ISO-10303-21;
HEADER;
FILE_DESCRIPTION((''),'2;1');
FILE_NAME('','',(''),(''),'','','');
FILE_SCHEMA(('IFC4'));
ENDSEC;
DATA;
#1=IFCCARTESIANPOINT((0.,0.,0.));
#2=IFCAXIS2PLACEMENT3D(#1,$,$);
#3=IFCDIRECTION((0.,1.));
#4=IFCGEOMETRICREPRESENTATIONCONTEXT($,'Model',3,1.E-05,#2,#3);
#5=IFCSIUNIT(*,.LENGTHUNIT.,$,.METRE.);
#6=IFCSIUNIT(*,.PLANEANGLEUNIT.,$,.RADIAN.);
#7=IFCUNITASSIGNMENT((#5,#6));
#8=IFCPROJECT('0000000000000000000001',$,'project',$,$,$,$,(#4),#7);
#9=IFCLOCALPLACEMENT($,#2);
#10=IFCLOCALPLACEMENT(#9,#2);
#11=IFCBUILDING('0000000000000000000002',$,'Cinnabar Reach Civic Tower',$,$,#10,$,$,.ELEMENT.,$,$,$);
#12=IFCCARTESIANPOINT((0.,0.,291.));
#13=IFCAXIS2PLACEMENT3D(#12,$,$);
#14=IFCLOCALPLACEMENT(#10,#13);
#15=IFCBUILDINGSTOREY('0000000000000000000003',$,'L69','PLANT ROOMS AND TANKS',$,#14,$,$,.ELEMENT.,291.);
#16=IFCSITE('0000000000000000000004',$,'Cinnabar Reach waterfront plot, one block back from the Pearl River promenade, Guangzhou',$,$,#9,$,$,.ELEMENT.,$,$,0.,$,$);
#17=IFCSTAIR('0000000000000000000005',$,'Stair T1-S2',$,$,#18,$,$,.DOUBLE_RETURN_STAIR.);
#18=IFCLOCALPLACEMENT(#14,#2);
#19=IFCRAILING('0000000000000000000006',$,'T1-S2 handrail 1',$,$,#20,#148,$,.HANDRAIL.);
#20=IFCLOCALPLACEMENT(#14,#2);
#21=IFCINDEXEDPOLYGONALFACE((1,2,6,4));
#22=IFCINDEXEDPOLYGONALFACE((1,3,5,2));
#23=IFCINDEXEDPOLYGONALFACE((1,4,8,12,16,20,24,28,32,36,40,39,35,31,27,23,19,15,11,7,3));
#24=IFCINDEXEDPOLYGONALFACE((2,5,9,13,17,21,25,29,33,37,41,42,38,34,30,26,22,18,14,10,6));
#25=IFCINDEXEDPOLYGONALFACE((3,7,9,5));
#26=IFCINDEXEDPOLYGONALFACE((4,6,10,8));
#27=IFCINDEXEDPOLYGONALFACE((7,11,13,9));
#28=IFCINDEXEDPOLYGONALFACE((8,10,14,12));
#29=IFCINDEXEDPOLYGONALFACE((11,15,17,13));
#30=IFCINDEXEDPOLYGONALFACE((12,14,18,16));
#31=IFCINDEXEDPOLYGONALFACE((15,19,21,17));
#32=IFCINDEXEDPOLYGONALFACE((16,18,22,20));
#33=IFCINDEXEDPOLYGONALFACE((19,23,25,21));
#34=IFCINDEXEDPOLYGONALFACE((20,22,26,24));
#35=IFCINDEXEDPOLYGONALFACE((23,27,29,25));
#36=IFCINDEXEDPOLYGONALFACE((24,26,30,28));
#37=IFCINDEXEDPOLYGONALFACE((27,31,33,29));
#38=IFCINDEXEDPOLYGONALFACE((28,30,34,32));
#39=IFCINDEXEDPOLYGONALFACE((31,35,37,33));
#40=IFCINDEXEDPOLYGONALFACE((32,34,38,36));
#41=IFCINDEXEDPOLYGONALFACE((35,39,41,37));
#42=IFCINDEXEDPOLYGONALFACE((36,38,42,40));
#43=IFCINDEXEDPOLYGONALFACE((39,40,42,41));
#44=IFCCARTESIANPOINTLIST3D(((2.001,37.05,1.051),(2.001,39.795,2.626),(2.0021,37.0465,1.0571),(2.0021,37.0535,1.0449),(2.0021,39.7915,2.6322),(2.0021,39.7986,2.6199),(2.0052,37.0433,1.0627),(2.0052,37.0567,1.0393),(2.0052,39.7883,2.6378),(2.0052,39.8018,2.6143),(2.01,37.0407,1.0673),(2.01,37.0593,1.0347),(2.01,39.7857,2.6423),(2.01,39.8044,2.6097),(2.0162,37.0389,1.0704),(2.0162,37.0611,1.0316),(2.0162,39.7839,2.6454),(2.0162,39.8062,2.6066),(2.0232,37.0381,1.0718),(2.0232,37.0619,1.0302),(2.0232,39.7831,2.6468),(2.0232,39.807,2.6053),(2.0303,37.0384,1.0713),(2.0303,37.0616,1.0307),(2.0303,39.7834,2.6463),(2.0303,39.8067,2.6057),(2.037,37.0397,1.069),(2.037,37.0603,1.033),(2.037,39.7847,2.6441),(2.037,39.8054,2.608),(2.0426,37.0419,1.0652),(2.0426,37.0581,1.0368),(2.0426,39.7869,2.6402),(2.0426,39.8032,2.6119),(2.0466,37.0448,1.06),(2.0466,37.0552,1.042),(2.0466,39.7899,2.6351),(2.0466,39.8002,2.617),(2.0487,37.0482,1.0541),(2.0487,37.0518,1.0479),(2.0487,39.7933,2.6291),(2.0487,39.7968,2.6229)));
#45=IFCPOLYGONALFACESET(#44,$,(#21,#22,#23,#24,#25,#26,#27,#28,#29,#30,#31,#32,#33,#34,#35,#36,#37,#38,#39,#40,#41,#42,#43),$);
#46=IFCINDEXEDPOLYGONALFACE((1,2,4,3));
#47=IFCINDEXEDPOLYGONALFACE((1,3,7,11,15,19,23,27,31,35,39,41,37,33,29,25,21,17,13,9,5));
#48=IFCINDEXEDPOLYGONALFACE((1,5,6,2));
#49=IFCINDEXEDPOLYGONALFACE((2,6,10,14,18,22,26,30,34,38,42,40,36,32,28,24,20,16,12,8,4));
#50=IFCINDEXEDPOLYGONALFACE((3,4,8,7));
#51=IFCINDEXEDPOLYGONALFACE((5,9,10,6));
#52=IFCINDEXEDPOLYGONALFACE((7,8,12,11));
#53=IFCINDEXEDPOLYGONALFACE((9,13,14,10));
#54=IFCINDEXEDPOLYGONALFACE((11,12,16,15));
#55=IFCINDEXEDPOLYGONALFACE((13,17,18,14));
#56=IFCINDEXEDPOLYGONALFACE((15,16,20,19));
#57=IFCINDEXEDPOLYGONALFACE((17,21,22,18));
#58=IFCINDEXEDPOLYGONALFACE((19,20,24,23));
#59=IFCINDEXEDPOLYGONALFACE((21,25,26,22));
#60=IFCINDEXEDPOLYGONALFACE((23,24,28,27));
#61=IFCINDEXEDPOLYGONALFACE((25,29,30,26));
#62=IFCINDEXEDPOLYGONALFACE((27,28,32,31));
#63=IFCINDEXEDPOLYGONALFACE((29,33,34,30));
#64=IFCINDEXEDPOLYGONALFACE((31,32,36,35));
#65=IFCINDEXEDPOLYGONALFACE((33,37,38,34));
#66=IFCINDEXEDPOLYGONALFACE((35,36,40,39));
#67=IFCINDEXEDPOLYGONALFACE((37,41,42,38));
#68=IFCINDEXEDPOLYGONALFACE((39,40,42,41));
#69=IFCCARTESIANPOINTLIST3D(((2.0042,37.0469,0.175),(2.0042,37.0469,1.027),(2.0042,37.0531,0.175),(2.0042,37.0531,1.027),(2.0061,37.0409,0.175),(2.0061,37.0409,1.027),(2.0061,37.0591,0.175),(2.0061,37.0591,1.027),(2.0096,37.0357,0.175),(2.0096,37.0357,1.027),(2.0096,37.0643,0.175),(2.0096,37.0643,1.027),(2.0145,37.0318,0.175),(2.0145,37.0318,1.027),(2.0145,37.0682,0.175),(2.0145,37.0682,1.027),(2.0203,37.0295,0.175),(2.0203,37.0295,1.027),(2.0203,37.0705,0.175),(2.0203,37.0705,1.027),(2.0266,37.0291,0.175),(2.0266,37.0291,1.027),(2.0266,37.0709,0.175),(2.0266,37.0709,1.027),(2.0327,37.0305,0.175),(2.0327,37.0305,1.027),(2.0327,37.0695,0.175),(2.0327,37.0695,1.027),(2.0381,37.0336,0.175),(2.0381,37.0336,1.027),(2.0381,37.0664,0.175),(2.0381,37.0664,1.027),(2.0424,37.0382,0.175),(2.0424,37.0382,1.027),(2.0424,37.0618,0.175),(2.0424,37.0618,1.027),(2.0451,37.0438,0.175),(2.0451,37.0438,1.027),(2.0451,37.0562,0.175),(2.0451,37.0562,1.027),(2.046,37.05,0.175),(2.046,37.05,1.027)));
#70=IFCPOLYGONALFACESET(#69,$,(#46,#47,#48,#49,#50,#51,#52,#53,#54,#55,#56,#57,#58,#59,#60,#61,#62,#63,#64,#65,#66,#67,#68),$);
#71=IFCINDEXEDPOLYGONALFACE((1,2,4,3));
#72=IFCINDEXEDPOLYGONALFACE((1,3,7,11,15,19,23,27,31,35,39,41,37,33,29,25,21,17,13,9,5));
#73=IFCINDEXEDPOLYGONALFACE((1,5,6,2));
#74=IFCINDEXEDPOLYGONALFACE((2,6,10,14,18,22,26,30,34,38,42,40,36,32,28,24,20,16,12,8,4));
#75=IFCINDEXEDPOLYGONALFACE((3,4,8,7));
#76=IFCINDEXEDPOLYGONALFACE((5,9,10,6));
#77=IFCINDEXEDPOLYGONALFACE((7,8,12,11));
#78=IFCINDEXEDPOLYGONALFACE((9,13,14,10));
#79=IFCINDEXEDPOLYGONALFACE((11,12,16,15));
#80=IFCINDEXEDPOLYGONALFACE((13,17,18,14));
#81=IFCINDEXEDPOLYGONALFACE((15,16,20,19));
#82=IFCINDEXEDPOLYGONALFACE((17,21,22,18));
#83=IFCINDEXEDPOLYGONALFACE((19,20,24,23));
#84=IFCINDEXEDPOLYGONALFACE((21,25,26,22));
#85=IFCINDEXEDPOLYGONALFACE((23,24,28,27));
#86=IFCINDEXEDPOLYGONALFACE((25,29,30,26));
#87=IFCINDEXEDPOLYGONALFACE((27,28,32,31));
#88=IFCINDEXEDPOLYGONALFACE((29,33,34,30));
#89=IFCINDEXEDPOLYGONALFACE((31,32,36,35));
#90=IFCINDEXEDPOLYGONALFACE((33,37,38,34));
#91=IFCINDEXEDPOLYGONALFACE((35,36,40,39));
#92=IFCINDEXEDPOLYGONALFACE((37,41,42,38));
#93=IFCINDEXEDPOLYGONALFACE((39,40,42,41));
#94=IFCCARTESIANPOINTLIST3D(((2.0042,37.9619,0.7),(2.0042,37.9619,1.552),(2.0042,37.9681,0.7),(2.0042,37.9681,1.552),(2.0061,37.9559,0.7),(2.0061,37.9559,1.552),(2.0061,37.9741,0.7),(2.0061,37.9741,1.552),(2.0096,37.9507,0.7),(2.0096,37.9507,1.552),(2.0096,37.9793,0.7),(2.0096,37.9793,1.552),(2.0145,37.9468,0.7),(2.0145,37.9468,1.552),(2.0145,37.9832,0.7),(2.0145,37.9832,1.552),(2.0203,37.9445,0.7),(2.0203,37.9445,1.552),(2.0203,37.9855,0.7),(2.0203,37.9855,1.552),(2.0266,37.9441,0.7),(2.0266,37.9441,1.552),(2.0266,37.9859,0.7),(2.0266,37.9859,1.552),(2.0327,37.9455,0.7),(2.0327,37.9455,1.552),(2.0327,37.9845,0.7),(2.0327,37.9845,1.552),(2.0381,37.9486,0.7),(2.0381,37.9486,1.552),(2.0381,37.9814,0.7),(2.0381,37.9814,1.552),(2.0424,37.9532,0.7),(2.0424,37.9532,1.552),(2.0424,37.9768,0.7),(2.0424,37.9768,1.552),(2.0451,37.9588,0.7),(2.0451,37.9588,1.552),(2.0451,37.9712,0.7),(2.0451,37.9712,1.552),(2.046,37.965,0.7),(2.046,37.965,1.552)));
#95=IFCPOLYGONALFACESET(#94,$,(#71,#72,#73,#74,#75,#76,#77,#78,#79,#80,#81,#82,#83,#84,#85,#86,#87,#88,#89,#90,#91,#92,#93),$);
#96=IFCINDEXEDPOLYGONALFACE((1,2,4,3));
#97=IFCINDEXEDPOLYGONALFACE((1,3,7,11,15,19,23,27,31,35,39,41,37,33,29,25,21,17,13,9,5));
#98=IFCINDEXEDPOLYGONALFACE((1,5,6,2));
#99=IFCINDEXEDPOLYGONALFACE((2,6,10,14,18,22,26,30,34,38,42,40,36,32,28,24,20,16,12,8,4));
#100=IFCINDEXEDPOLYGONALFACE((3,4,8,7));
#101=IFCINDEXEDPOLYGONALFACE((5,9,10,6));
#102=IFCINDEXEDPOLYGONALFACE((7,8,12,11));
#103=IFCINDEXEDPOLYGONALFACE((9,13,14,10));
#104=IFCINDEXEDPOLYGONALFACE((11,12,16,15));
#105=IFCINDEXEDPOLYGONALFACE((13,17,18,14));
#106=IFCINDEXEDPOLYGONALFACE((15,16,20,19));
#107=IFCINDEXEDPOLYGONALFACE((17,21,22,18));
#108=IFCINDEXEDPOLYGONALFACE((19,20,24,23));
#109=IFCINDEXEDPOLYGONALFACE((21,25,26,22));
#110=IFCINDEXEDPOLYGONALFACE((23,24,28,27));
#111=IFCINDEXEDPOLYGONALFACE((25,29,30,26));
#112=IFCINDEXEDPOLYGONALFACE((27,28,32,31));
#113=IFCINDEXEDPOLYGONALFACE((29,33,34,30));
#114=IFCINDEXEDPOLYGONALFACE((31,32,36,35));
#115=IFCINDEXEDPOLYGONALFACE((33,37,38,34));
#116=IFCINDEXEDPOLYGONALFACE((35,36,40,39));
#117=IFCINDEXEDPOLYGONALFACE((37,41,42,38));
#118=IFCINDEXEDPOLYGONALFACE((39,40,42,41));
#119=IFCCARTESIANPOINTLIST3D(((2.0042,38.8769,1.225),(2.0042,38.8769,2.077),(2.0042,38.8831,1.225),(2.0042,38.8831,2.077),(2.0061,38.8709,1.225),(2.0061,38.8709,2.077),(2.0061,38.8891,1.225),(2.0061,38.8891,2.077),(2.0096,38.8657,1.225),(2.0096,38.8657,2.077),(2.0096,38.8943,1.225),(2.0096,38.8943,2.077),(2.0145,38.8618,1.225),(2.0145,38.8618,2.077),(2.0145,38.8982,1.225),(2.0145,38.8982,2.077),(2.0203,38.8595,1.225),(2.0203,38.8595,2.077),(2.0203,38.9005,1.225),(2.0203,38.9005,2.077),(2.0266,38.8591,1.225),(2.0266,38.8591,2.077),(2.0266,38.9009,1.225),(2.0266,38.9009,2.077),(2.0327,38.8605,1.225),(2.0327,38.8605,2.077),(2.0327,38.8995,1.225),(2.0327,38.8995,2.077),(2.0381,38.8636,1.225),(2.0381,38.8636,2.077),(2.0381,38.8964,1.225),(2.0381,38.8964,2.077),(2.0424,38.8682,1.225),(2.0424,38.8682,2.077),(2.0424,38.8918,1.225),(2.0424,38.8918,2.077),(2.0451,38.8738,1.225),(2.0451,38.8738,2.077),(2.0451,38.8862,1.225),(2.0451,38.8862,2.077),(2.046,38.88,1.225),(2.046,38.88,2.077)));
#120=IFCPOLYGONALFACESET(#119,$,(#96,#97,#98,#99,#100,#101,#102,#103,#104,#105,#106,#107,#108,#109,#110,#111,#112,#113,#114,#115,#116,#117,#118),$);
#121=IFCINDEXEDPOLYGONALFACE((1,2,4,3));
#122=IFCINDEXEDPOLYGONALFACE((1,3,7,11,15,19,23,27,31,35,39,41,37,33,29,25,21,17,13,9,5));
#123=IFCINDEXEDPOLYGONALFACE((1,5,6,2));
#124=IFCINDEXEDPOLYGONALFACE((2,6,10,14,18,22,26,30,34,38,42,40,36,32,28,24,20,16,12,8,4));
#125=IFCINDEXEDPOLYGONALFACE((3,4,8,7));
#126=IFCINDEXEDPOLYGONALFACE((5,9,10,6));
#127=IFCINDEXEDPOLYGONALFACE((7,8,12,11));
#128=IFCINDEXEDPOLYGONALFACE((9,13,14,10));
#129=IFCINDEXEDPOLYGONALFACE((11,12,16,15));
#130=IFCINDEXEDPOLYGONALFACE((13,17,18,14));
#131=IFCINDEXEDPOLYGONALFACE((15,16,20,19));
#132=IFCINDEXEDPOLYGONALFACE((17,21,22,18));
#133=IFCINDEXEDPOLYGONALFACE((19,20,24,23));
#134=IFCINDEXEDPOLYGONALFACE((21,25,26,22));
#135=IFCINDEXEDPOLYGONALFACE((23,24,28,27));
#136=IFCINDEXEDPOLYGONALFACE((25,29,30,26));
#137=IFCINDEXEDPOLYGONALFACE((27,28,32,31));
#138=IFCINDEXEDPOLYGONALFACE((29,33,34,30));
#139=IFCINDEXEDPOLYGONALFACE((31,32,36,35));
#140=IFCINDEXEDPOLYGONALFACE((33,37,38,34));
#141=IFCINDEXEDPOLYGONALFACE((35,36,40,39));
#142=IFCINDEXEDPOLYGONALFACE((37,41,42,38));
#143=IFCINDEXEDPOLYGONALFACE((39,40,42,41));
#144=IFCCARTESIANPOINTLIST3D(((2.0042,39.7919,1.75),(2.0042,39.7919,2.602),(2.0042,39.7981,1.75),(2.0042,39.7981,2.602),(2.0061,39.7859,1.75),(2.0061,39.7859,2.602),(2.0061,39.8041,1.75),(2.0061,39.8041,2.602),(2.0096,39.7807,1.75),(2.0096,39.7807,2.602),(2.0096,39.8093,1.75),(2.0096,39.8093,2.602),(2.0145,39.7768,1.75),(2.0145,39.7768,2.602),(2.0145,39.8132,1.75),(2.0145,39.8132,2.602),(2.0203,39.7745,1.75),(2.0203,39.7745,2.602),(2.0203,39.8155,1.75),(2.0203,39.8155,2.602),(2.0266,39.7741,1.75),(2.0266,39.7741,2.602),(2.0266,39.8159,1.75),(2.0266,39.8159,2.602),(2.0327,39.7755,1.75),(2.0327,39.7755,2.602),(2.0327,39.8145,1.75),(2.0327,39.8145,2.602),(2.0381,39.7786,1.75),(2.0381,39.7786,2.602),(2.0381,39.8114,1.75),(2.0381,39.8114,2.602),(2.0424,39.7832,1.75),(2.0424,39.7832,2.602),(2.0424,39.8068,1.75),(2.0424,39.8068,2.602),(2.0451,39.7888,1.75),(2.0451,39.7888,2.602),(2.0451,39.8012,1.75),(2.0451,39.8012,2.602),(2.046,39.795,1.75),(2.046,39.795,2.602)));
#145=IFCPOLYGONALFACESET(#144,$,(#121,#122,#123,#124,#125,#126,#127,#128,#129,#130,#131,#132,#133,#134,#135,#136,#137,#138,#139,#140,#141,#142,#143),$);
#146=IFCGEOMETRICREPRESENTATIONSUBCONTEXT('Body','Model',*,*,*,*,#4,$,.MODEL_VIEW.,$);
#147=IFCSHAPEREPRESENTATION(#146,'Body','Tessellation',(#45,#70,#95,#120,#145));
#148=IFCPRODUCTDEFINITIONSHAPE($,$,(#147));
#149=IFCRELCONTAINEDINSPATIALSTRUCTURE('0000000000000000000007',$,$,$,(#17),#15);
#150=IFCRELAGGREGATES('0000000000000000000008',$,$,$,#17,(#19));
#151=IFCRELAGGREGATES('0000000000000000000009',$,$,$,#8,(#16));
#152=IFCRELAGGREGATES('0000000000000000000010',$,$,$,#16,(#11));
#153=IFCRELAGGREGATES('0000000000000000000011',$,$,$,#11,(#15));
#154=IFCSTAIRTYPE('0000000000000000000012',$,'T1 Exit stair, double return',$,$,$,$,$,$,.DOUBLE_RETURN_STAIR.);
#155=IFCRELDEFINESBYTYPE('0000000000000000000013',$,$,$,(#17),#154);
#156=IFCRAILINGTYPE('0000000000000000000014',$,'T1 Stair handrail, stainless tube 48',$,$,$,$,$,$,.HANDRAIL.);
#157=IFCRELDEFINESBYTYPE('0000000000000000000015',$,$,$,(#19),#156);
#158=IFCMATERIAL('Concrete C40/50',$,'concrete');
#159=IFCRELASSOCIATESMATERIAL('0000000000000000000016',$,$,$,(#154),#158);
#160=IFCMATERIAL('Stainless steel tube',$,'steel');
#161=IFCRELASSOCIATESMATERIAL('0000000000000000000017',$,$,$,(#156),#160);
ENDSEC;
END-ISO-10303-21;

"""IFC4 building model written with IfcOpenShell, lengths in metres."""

from ifc_helpers import new_model, si_unit, direction, frame, origin, origin_2d, place, context, subcontext, project, spatial, circle, extrude, material, type_object, element, aggregate, save


model = new_model("IFC4")

# Units and contexts
model_context = context("Model", 3, precision=1e-05, world=origin(), true_north=direction((0.0, 1.0)))
body_context = subcontext(model_context, "Body", "Model", "MODEL_VIEW")
ifc_project = project(units=[si_unit("LENGTHUNIT", "METRE"), si_unit("PLANEANGLEUNIT", "RADIAN")], contexts=[model_context])

# Site, building, storey
site_placement = place(None, origin())
site = spatial("IfcSite", under=ifc_project, at=site_placement, Name="Cinnabar Reach waterfront plot, one block back from the Pearl River promenade, Guangzhou", CompositionType="ELEMENT", RefElevation=0.0)
building_placement = place(site_placement, origin())
building = spatial("IfcBuilding", under=site, at=building_placement, Name="Cinnabar Reach Civic Tower", CompositionType="ELEMENT")
storey_placement = place(building_placement, frame((0.0, 0.0, 291.0)))
storey = spatial("IfcBuildingStorey", under=building, at=storey_placement, Name="L69", Description="PLANT ROOMS AND TANKS", CompositionType="ELEMENT", Elevation=291.0)

# Shared definitions
ifc_material_1 = material(Name="Concrete C40/50", Category="concrete")

# Stair, railing
stair_type = type_object("IfcStairType", Name="T1 Exit stair, double return", PredefinedType="DOUBLE_RETURN_STAIR", material=ifc_material_1)
stair_placement = place(storey_placement, origin())
stair = element("IfcStair", 1, at=stair_placement, inside=storey, type_object=stair_type, Name="Stair T1-S2", PredefinedType="DOUBLE_RETURN_STAIR")
ifc_material_2 = material(Name="Stainless steel tube", Category="steel")
railing_type = type_object("IfcRailingType", Name="T1 Stair handrail, stainless tube 48", PredefinedType="HANDRAIL", material=ifc_material_2)
railing_1_placement = place(storey_placement, frame((2.025, 37.05, 0.175)))
railing_1 = element("IfcRailing", 2, at=railing_1_placement, type_object=railing_type, Name="T1-S2 handrail 1", PredefinedType="HANDRAIL", context=body_context, shape_type="SweptSolid", body=[
    extrude(circle(Radius=0.024, at=origin_2d()), frame((0.0, 0.0, 0.876), z_axis=(0.0, 0.867367, 0.497669), x_axis=(-1.0, 0.0, 0.0)), (0.0, 0.0, 1.0), 3.1648),
    extrude(circle(Radius=0.021, at=origin_2d()), origin(), (0.0, 0.0, 1.0), 0.852),
    extrude(circle(Radius=0.021, at=origin_2d()), frame((0.0, 0.915, 0.525)), (0.0, 0.0, 1.0), 0.852),
    extrude(circle(Radius=0.021, at=origin_2d()), frame((0.0, 1.83, 1.05)), (0.0, 0.0, 1.0), 0.852),
    extrude(circle(Radius=0.021, at=origin_2d()), frame((0.0, 2.745, 1.575)), (0.0, 0.0, 1.0), 0.852),
])
aggregate(stair, [railing_1])

save(model, "model.ifc")
